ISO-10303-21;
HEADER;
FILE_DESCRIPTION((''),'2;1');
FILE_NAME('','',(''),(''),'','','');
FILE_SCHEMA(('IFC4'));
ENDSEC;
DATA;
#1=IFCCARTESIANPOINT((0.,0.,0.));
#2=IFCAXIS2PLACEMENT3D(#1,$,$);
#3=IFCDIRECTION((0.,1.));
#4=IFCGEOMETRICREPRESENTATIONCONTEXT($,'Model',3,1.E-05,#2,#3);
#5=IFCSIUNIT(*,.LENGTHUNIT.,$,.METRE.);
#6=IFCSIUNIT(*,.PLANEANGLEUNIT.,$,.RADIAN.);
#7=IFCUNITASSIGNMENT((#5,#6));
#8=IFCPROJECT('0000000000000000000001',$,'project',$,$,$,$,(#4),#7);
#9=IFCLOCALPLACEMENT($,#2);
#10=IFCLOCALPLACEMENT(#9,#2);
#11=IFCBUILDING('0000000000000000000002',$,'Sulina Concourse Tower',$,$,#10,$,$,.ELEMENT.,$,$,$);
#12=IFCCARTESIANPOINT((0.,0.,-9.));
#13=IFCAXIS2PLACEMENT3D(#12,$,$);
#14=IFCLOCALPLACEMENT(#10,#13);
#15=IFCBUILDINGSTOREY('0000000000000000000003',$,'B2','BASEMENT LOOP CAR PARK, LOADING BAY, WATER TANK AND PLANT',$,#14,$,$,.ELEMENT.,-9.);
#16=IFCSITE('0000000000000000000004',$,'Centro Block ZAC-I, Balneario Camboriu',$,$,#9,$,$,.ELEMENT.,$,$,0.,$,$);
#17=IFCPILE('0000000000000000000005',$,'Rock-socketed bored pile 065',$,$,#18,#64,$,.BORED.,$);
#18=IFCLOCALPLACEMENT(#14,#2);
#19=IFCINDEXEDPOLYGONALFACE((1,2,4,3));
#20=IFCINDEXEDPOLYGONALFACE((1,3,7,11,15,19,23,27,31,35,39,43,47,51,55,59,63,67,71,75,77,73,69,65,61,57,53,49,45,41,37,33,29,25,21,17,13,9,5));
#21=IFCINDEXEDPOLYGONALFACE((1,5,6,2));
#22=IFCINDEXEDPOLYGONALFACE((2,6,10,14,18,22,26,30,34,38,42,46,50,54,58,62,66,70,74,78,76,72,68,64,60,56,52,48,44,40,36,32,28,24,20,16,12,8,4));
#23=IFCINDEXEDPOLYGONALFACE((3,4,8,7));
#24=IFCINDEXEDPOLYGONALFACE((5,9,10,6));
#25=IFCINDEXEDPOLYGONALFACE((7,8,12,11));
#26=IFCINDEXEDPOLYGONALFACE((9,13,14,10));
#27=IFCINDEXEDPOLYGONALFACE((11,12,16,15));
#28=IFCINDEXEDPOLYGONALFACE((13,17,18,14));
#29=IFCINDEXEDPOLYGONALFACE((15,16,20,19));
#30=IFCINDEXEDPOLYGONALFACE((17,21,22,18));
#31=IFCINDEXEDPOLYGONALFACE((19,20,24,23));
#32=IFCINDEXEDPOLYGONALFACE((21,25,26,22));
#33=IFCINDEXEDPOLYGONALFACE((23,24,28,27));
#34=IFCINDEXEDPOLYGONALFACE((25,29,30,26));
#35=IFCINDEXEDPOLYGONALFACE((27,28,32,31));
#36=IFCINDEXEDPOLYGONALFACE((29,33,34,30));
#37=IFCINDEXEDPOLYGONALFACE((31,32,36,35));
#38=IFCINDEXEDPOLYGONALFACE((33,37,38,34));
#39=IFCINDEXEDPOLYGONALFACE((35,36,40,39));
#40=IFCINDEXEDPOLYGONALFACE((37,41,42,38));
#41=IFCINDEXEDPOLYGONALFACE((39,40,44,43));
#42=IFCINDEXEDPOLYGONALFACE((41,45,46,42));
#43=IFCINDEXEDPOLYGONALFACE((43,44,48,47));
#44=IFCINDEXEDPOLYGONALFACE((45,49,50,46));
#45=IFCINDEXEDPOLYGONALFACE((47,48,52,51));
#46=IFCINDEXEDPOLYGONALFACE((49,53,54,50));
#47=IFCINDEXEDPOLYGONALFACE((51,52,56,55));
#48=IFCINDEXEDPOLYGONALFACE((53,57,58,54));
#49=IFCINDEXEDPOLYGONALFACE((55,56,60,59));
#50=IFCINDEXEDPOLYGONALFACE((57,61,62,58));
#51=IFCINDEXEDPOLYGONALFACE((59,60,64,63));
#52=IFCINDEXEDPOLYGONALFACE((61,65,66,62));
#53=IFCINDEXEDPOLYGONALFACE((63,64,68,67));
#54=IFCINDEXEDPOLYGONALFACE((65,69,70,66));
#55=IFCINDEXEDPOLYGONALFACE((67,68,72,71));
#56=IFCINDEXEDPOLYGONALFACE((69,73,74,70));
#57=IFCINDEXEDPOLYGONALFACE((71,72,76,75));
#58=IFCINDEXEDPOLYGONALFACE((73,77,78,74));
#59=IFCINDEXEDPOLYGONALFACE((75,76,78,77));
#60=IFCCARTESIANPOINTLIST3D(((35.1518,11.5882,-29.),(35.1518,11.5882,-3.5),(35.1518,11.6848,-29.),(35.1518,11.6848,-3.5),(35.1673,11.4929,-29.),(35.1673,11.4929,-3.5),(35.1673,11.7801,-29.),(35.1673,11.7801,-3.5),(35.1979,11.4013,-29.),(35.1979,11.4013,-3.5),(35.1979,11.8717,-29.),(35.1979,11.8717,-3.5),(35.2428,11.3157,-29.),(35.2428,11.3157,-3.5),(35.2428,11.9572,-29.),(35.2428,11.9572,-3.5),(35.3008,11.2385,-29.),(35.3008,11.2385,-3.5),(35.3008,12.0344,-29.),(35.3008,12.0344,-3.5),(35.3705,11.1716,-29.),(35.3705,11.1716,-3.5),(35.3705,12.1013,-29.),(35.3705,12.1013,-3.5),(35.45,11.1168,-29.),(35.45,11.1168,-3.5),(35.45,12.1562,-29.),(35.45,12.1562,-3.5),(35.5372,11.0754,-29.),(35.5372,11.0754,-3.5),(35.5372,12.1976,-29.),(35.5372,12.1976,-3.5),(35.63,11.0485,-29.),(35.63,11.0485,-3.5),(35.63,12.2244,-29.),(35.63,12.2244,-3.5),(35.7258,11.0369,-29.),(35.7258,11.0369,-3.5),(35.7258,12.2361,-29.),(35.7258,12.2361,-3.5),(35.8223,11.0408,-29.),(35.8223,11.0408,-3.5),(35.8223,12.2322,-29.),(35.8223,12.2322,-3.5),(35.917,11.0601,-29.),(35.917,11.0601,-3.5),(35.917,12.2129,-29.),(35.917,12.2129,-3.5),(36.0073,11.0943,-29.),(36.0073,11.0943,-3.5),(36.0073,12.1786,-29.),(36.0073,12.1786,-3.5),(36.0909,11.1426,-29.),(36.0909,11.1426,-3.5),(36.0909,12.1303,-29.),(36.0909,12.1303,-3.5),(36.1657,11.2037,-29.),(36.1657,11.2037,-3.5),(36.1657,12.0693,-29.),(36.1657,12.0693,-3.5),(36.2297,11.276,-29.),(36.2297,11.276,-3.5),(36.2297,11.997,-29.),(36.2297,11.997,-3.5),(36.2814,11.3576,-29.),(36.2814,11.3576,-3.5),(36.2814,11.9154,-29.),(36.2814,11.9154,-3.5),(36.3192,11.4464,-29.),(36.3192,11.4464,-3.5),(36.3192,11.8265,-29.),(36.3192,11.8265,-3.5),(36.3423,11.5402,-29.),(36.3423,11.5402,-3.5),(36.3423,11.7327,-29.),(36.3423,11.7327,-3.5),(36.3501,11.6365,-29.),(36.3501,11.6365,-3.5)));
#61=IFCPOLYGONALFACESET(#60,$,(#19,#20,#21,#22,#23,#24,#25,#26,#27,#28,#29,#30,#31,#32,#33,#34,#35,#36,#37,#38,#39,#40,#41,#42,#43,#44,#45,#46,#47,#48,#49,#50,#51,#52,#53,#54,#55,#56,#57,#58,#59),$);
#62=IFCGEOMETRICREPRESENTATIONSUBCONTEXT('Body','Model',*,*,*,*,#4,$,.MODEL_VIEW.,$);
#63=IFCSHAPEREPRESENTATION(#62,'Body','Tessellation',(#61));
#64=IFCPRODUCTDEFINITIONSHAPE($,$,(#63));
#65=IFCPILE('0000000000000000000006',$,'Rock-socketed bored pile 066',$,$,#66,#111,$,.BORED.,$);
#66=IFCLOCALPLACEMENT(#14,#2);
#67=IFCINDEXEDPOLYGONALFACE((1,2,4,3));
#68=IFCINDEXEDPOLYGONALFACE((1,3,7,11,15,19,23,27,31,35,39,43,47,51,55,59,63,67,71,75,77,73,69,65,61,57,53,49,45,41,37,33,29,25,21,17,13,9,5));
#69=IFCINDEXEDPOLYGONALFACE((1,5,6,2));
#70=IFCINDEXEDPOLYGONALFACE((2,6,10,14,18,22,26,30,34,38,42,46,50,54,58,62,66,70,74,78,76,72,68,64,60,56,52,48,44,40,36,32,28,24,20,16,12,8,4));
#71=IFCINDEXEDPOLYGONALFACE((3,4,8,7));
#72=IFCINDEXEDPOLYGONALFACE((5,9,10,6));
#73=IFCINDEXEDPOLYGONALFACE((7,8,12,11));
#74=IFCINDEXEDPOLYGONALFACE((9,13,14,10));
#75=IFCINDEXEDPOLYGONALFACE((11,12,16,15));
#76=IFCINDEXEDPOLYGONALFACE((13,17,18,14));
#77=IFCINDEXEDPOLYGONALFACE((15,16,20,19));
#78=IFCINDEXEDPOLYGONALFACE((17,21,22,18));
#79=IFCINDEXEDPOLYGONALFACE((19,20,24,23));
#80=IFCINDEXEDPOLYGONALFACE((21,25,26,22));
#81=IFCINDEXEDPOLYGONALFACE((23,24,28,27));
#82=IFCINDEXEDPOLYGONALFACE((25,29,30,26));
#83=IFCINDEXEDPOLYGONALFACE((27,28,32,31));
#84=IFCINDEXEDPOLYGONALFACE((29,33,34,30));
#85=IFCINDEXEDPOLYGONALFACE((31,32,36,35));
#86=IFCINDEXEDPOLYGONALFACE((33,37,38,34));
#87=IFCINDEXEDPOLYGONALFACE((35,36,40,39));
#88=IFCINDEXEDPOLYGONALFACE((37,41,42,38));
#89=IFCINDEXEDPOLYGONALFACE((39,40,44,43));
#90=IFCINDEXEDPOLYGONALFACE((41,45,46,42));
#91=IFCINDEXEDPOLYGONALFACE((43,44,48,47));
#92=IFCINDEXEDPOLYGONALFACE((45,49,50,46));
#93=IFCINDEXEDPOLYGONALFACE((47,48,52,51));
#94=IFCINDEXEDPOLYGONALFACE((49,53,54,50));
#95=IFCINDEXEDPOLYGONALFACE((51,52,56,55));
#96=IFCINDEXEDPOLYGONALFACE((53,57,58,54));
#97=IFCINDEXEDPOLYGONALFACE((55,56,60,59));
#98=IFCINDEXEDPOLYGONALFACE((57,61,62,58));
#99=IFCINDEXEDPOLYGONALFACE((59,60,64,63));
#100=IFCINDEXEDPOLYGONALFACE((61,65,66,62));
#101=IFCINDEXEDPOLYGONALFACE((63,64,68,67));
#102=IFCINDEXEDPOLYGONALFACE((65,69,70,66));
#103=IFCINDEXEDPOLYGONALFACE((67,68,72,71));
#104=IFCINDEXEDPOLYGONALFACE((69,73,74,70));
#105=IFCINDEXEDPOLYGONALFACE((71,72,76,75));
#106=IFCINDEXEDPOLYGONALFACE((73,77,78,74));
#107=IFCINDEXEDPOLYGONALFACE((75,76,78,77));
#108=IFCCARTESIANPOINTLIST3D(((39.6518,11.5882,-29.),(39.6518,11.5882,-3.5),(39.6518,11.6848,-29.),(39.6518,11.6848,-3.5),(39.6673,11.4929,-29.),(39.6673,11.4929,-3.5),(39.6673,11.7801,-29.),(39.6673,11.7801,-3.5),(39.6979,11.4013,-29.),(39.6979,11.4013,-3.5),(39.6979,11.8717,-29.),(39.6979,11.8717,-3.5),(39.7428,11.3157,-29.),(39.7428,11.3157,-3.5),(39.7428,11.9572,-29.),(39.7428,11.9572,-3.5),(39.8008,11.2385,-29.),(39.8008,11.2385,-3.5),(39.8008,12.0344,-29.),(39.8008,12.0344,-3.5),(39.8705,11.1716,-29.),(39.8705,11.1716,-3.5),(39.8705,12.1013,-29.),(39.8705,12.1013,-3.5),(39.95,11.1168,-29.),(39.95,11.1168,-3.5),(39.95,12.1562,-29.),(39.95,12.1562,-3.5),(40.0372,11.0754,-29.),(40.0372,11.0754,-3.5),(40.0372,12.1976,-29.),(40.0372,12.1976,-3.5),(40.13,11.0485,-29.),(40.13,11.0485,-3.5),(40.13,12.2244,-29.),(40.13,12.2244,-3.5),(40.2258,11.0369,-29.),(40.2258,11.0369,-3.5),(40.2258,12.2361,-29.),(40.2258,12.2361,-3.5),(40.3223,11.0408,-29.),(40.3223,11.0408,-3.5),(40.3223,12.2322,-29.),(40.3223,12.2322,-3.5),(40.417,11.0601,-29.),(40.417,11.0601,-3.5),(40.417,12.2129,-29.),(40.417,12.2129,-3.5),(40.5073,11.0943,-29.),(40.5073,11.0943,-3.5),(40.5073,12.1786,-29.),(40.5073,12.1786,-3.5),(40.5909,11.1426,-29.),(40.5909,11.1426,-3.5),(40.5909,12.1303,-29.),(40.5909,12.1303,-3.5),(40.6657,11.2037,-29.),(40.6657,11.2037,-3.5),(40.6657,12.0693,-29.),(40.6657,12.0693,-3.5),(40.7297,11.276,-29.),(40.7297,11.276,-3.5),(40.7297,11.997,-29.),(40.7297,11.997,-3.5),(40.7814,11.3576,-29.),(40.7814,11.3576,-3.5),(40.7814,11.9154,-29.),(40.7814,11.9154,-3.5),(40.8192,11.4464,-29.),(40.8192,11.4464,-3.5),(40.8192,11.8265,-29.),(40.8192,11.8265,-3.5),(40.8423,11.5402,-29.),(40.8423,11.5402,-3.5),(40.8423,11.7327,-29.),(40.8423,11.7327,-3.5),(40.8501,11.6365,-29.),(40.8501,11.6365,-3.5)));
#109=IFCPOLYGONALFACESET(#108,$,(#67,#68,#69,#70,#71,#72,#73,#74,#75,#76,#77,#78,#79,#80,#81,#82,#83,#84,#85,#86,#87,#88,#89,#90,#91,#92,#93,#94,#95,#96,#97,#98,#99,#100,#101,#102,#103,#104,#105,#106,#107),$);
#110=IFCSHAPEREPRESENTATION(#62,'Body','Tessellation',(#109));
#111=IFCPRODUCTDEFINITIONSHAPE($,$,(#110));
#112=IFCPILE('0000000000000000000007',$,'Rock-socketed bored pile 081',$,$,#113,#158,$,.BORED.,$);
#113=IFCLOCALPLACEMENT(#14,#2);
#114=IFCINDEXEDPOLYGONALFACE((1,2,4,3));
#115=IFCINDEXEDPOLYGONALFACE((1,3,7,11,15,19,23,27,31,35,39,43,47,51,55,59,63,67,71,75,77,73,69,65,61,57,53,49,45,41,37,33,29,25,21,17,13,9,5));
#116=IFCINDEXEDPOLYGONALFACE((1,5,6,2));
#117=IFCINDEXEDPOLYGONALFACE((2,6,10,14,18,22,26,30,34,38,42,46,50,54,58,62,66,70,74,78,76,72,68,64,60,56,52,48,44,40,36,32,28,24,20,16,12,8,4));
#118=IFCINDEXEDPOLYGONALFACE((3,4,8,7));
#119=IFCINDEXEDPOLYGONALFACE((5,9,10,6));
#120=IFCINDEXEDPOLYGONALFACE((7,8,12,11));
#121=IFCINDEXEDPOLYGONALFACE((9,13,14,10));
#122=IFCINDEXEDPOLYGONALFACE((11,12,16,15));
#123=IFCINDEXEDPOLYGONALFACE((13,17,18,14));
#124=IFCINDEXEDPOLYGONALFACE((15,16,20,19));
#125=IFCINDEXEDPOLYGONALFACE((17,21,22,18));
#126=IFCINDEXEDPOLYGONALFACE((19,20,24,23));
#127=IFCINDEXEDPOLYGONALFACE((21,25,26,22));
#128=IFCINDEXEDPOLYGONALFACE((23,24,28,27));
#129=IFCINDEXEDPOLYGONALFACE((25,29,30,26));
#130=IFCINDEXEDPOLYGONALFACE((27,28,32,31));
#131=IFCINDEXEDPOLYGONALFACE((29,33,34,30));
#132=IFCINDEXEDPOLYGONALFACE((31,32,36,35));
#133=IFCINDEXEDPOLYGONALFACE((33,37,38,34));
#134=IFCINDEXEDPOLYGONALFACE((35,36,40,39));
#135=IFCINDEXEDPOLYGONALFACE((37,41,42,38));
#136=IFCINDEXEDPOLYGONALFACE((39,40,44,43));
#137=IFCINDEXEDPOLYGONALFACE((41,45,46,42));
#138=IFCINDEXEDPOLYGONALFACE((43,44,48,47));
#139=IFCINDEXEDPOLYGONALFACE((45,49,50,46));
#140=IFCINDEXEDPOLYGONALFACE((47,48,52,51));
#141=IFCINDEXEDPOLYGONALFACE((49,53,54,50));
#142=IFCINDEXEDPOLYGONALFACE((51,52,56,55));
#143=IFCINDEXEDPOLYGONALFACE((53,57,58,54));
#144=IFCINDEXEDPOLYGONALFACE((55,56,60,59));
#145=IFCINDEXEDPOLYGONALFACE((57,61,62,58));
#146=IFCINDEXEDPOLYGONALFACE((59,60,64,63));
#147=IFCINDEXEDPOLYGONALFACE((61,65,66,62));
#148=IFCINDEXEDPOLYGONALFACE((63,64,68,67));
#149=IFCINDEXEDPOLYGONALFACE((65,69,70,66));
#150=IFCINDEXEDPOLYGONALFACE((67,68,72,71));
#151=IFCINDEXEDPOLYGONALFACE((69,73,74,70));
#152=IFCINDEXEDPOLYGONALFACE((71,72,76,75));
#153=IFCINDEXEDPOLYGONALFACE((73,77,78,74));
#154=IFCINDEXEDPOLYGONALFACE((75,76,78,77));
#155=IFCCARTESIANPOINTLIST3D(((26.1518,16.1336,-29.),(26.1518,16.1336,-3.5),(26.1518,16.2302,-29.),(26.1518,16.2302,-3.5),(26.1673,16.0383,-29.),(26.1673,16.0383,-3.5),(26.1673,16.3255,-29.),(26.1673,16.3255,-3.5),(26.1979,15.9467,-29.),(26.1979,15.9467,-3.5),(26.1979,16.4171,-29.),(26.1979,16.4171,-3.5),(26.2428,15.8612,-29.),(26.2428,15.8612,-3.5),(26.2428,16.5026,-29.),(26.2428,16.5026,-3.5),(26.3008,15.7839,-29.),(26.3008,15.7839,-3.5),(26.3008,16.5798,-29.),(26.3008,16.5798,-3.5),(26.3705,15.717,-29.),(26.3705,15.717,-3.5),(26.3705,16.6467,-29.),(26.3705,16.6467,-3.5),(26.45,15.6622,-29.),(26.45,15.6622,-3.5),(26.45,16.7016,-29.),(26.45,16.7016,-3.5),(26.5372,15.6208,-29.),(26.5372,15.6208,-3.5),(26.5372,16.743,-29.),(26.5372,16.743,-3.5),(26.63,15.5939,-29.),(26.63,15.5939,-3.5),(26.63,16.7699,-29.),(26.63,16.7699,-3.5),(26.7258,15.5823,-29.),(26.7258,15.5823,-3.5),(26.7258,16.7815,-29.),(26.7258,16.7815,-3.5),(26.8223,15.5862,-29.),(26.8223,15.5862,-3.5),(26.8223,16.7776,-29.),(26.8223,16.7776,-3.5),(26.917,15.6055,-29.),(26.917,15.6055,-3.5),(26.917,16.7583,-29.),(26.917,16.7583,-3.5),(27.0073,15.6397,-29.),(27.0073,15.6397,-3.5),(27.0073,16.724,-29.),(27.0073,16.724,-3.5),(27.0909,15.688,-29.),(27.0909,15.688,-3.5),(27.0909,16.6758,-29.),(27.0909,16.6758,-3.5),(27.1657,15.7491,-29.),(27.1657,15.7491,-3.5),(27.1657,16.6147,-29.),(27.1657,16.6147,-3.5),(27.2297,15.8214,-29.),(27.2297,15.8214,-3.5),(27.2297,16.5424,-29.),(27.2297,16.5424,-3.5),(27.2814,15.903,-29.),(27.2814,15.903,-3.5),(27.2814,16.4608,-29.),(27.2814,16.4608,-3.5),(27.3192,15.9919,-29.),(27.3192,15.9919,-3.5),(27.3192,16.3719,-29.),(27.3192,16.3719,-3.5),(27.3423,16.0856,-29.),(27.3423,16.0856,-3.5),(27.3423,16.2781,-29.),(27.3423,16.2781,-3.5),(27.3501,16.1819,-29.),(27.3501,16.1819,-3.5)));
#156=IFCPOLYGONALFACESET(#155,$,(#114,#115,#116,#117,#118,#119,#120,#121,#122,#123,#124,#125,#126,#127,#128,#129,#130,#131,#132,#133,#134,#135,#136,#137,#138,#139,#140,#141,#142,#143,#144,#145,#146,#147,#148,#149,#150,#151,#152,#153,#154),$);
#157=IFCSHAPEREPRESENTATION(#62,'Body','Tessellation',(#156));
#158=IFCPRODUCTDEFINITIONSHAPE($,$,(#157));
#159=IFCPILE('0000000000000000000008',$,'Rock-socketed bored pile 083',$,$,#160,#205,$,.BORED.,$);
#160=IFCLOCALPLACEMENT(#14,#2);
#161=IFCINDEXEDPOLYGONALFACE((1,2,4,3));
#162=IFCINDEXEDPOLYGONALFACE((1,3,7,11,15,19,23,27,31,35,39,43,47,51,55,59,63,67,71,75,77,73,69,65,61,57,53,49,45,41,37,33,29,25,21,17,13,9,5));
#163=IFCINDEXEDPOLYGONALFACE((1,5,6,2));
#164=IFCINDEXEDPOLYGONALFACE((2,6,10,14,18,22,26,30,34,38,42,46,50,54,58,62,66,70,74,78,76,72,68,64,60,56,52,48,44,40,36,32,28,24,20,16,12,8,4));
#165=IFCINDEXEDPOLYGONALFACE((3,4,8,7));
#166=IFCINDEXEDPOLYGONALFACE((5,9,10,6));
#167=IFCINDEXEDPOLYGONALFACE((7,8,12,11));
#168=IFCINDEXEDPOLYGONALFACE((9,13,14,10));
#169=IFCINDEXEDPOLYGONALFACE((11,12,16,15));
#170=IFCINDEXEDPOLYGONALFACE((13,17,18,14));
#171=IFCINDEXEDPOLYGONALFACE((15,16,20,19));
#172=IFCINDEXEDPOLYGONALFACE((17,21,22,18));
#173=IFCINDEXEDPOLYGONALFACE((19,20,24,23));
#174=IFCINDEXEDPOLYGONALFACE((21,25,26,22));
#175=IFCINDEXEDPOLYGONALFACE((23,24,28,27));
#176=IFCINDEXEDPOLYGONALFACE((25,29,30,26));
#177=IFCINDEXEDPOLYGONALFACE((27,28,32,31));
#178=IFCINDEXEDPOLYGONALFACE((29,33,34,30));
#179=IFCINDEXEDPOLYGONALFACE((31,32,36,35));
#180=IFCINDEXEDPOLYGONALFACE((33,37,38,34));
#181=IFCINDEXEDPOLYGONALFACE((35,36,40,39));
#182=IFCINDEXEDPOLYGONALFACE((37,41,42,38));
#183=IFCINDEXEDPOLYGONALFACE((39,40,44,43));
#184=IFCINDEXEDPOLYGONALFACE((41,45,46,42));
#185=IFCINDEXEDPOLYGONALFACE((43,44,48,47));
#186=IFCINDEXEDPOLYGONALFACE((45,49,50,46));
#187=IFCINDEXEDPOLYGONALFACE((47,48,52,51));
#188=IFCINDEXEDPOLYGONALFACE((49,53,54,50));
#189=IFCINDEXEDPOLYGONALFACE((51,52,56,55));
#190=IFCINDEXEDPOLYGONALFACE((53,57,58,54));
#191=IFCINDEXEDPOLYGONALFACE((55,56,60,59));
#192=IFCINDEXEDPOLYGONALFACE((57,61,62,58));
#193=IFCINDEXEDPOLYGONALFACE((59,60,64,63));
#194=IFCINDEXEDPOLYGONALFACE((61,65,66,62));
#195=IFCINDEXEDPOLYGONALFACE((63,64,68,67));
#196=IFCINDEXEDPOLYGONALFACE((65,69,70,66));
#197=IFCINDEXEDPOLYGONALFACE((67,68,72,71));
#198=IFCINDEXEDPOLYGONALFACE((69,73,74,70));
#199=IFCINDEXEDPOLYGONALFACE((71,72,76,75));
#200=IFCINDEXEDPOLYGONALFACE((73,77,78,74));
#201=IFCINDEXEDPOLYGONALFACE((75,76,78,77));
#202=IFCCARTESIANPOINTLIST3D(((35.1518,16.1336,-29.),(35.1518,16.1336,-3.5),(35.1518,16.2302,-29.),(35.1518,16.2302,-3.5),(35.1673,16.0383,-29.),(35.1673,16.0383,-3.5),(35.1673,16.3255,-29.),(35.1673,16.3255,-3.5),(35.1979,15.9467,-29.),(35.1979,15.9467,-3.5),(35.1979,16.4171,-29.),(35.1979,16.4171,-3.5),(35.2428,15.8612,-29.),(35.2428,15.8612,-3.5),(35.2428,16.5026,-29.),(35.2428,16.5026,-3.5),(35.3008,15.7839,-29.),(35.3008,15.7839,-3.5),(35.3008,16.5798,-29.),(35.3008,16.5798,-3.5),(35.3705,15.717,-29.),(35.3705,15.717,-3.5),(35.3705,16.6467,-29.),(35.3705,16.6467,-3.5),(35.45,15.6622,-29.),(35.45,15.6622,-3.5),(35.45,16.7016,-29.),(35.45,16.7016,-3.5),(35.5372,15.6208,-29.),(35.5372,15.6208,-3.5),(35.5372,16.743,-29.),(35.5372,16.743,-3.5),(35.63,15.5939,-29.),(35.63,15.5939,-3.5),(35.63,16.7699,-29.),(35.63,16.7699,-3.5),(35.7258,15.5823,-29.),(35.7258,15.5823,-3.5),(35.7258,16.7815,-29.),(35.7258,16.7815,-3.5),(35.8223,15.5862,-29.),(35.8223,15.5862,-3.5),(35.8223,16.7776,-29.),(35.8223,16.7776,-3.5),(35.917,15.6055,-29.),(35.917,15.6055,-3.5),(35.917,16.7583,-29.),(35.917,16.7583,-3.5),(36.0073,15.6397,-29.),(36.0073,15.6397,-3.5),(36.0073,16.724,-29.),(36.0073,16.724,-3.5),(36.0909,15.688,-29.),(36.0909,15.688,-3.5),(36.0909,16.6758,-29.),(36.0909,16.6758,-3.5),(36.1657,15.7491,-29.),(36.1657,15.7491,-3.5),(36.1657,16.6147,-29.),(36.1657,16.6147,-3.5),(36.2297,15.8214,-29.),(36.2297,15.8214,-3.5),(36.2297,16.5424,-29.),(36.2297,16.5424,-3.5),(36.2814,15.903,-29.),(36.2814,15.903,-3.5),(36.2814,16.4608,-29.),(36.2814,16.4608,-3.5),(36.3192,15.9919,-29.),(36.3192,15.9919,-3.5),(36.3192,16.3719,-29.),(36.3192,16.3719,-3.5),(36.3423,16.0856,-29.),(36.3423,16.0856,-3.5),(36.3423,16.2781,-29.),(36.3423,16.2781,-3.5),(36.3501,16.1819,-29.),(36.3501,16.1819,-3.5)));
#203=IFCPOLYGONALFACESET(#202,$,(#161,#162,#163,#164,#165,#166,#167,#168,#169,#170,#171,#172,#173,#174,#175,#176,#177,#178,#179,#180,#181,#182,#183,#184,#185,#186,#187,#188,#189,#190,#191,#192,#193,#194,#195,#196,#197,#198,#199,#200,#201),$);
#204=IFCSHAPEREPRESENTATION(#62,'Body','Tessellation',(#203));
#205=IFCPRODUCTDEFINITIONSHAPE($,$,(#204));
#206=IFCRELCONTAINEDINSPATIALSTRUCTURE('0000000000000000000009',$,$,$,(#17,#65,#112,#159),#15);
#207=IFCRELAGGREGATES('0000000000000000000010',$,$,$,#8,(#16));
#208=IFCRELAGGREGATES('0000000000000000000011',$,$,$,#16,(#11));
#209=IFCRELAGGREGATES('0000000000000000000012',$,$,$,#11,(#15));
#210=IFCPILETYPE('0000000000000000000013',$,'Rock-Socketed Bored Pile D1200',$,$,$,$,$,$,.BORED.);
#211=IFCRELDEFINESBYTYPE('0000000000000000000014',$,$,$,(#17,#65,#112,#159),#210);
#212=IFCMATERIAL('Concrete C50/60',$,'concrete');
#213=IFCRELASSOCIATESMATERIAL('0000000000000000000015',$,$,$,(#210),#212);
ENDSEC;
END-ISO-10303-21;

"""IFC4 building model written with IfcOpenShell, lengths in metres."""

from ifc_helpers import new_model, si_unit, direction, frame, origin, origin_2d, place, context, subcontext, project, spatial, circle, extrude, material, material_profile, profile_set, type_object, element, save


model = new_model("IFC4")

# Units and contexts
model_context = context("Model", 3, precision=1e-05, world=origin(), true_north=direction((0.0, 1.0)))
body_context = subcontext(model_context, "Body", "Model", "MODEL_VIEW")
ifc_project = project(units=[si_unit("LENGTHUNIT", "METRE"), si_unit("PLANEANGLEUNIT", "RADIAN")], contexts=[model_context])

# Site, building, storey
site_placement = place(None, origin())
site = spatial("IfcSite", under=ifc_project, at=site_placement, Name="Centro Block ZAC-I, Balneario Camboriu", CompositionType="ELEMENT", RefElevation=0.0)
building_placement = place(site_placement, origin())
building = spatial("IfcBuilding", under=site, at=building_placement, Name="Sulina Concourse Tower", CompositionType="ELEMENT")
storey_placement = place(building_placement, frame((0.0, 0.0, -9.0)))
storey = spatial("IfcBuildingStorey", under=building, at=storey_placement, Name="B2", Description="BASEMENT LOOP CAR PARK, LOADING BAY, WATER TANK AND PLANT", CompositionType="ELEMENT", Elevation=-9.0)

# Piles
ifc_material_1 = material(Name="Concrete C50/60", Category="concrete")
ifc_material_profile_1 = material_profile(ifc_material_1, circle(Radius=0.6001, at=origin_2d()), Name="PILE D1200")
ifc_profile_set_1 = profile_set([ifc_material_profile_1], Name="Concrete C50/60")
pile_type_1 = type_object("IfcPileType", Name="Rock-Socketed Bored Pile D1200", PredefinedType="BORED", material=ifc_profile_set_1)
for number, where, z_axis, x_axis, name in (
    (1, (35.75, 11.6365, -3.5), (0.0, 0.0, -1.0), (1.0, 0.0, 0.0), "Rock-socketed bored pile 065"),
    (2, (40.25, 11.6365, -3.5), (0.0, 0.0, -1.0), (1.0, 0.0, 0.0), "Rock-socketed bored pile 066"),
    (3, (26.75, 16.1819, -3.5), (0.0, 0.0, -1.0), (1.0, 0.0, 0.0), "Rock-socketed bored pile 081"),
    (4, (35.75, 16.1819, -3.5), (0.0, 0.0, -1.0), (1.0, 0.0, 0.0), "Rock-socketed bored pile 083"),
):
    element("IfcPile", number, at=place(storey_placement, frame(where, z_axis=z_axis, x_axis=x_axis)), inside=storey, type_object=pile_type_1, Name=name, PredefinedType="BORED", context=body_context, shape_type="SweptSolid", body=[
        extrude(circle(Radius=0.6001, at=origin_2d()), origin(), (0.0, 0.0, 1.0), 25.5),
    ])

save(model, "model.ifc")
